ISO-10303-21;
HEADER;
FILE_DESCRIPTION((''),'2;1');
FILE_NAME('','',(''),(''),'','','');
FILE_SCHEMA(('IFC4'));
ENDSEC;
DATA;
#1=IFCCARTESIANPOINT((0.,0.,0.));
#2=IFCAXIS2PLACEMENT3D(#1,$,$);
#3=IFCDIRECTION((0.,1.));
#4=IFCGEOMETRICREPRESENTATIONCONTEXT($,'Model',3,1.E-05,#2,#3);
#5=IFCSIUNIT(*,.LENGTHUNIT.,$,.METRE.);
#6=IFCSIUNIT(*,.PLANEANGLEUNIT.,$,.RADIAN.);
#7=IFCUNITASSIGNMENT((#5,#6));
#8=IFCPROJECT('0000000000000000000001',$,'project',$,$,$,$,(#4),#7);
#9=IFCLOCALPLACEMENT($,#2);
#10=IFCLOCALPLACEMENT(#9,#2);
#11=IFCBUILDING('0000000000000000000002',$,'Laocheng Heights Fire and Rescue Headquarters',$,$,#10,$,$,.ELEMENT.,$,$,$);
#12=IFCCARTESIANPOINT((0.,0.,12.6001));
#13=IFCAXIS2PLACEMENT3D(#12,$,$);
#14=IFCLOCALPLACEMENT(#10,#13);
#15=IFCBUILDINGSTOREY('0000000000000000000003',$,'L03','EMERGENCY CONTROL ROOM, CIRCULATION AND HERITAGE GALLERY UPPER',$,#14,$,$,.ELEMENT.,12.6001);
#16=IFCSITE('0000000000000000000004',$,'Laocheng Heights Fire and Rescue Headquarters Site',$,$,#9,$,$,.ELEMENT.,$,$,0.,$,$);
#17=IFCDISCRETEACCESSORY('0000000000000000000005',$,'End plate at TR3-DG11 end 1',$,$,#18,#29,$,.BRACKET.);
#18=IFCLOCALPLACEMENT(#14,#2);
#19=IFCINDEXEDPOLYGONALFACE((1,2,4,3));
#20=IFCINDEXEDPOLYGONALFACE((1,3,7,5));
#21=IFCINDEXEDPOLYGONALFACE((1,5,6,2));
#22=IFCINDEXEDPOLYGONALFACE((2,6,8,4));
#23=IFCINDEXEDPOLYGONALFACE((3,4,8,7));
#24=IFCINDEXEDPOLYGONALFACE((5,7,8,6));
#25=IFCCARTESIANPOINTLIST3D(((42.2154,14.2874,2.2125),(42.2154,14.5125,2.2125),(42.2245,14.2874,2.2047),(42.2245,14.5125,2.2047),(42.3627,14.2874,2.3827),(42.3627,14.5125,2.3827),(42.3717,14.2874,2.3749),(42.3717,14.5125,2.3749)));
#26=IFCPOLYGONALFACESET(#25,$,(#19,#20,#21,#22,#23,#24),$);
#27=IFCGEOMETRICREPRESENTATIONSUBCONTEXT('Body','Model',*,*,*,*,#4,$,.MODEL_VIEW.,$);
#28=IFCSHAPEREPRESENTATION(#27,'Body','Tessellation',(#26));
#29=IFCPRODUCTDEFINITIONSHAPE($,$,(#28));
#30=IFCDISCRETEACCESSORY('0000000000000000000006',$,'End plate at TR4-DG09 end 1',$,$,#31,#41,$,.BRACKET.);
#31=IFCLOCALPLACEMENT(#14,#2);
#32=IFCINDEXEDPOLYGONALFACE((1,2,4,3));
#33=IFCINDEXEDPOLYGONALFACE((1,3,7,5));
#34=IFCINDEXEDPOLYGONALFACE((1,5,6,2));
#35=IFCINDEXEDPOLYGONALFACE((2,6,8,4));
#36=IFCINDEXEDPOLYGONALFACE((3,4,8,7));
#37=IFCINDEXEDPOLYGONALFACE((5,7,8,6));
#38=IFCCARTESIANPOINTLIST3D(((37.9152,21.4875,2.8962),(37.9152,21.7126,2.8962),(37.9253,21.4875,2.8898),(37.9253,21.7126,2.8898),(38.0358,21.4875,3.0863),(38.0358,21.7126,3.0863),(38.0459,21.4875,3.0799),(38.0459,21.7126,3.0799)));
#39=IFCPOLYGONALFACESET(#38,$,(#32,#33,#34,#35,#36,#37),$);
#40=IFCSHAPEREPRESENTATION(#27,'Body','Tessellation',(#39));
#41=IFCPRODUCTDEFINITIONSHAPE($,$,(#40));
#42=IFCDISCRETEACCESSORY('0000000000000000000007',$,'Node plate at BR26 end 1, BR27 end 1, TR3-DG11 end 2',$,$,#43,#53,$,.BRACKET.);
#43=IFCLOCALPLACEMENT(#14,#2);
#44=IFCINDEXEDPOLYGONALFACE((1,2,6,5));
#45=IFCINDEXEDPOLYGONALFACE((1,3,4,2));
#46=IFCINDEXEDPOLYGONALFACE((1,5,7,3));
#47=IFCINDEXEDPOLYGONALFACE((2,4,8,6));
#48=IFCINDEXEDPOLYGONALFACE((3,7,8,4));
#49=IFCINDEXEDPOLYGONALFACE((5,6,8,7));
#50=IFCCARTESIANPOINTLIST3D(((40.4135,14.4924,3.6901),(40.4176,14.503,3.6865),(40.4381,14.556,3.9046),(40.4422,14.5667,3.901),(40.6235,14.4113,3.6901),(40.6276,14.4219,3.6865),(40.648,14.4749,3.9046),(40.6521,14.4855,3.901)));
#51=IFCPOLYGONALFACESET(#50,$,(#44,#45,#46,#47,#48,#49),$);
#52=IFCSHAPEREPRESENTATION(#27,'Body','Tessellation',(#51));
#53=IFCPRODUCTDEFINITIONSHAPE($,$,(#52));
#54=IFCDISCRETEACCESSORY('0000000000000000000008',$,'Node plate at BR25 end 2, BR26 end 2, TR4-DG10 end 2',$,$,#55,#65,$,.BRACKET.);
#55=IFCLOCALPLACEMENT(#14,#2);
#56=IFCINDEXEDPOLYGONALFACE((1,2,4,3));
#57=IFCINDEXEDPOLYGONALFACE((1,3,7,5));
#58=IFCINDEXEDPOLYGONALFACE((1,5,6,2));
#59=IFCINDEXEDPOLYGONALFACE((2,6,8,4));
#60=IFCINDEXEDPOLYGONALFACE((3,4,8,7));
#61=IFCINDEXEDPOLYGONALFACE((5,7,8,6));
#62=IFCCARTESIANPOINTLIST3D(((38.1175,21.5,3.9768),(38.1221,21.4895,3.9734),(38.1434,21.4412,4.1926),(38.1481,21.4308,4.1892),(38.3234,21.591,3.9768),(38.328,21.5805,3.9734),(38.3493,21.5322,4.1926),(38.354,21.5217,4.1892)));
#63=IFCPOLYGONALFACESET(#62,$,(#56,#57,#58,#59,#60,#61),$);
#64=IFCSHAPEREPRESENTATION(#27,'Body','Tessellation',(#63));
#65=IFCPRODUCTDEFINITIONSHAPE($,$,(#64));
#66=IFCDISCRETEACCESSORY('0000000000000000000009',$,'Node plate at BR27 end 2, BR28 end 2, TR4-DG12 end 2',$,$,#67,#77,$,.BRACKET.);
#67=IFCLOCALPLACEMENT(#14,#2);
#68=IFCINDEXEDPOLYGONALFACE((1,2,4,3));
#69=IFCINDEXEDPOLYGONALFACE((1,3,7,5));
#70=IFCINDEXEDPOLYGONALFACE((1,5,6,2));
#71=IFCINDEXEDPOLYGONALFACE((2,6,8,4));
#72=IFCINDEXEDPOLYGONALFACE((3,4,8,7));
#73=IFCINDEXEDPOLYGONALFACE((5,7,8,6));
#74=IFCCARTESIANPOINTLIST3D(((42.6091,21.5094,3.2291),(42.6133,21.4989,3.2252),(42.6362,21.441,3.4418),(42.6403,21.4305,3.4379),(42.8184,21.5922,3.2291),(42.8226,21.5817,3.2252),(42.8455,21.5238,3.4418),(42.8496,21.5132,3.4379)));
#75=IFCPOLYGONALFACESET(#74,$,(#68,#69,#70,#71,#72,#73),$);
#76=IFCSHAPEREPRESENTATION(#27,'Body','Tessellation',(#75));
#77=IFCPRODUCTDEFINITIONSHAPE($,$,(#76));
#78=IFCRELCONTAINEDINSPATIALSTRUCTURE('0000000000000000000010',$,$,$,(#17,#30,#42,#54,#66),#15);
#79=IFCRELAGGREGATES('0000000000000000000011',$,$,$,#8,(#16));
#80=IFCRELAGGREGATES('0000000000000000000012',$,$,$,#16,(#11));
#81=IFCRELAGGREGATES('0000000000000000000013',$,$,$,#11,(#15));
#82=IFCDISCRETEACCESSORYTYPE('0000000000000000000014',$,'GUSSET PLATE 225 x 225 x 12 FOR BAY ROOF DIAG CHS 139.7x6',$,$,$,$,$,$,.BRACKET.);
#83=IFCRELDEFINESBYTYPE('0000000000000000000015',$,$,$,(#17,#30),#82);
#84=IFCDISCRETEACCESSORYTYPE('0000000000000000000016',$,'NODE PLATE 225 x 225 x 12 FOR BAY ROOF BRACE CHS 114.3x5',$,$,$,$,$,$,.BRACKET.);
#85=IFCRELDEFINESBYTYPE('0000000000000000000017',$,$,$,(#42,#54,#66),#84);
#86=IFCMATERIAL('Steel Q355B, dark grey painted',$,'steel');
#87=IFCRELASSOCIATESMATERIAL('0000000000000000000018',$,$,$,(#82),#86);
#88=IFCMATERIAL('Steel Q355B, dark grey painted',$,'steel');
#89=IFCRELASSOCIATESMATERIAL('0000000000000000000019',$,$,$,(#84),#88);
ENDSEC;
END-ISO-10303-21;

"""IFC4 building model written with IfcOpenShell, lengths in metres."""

from ifc_helpers import new_model, si_unit, direction, frame, origin, origin_2d, place, context, subcontext, project, spatial, rectangle, extrude, material, material_profile, profile_set, type_object, element, save


model = new_model("IFC4")

# Units and contexts
model_context = context("Model", 3, precision=1e-05, world=origin(), true_north=direction((0.0, 1.0)))
body_context = subcontext(model_context, "Body", "Model", "MODEL_VIEW")
ifc_project = project(units=[si_unit("LENGTHUNIT", "METRE"), si_unit("PLANEANGLEUNIT", "RADIAN")], contexts=[model_context])

# Site, building, storey
site_placement = place(None, origin())
site = spatial("IfcSite", under=ifc_project, at=site_placement, Name="Laocheng Heights Fire and Rescue Headquarters Site", CompositionType="ELEMENT", RefElevation=0.0)
building_placement = place(site_placement, origin())
building = spatial("IfcBuilding", under=site, at=building_placement, Name="Laocheng Heights Fire and Rescue Headquarters", CompositionType="ELEMENT")
storey_placement = place(building_placement, frame((0.0, 0.0, 12.6001)))
storey = spatial("IfcBuildingStorey", under=building, at=storey_placement, Name="L03", Description="EMERGENCY CONTROL ROOM, CIRCULATION AND HERITAGE GALLERY UPPER", CompositionType="ELEMENT", Elevation=12.6001)

# Discrete accessories
ifc_material_1 = material(Name="Steel Q355B, dark grey painted", Category="steel")
ifc_material_profile_1 = material_profile(ifc_material_1, rectangle(XDim=0.2251, YDim=0.2251, at=origin_2d()), Name="GUSSET PLATE 225 x 225 x 12 FOR BAY ROOF DIAG CHS 139.7x6")
ifc_profile_set_1 = profile_set([ifc_material_profile_1], Name="Steel Q355B, dark grey painted")
discrete_accessory_type_1 = type_object("IfcDiscreteAccessoryType", Name="GUSSET PLATE 225 x 225 x 12 FOR BAY ROOF DIAG CHS 139.7x6", PredefinedType="BRACKET", material=ifc_profile_set_1)
for number, where, z_axis, x_axis, name in (
    (1, (42.2981, 14.3999, 2.2898), (-0.756363, 0.0, 0.654152), (0.0, -1.0, 0.0), "End plate at TR3-DG11 end 1"),
    (2, (37.9856, 21.6001, 2.9849), (-0.844509, 0.0, 0.535542), (0.0, -1.0, 0.0), "End plate at TR4-DG09 end 1"),
):
    element("IfcDiscreteAccessory", number, at=place(storey_placement, frame(where, z_axis=z_axis, x_axis=x_axis)), inside=storey, type_object=discrete_accessory_type_1, Name=name, PredefinedType="BRACKET", context=body_context, shape_type="SweptSolid", body=[
        extrude(rectangle(XDim=0.2251, YDim=0.2251, at=origin_2d()), origin(), (0.0, 0.0, 1.0), 0.012),
    ])
ifc_material_2 = material(Name="Steel Q355B, dark grey painted", Category="steel")
ifc_material_profile_2 = material_profile(ifc_material_2, rectangle(XDim=0.2251, YDim=0.2251, at=origin_2d()), Name="NODE PLATE 225 x 225 x 12 FOR BAY ROOF BRACE CHS 114.3x5")
ifc_profile_set_2 = profile_set([ifc_material_profile_2], Name="Steel Q355B, dark grey painted")
discrete_accessory_type_2 = type_object("IfcDiscreteAccessoryType", Name="NODE PLATE 225 x 225 x 12 FOR BAY ROOF BRACE CHS 114.3x5", PredefinedType="BRACKET", material=ifc_profile_set_2)
for number, where, z_axis, x_axis, name in (
    (3, (40.5308, 14.4836, 3.7974), (0.343452, 0.888934, -0.303046), (-0.932798, 0.360399, 0.0), "Node plate at BR26 end 1, BR27 end 1, TR3-DG11 end 2"),
    (4, (38.2334, 21.5161, 4.0847), (0.387352, -0.876639, -0.285417), (0.914687, 0.404164, 0.0), "Node plate at BR25 end 2, BR26 end 2, TR4-DG10 end 2"),
    (5, (42.7273, 21.5166, 3.3354), (0.347446, -0.878833, -0.327008), (0.929961, 0.367659, 0.0), "Node plate at BR27 end 2, BR28 end 2, TR4-DG12 end 2"),
):
    element("IfcDiscreteAccessory", number, at=place(storey_placement, frame(where, z_axis=z_axis, x_axis=x_axis)), inside=storey, type_object=discrete_accessory_type_2, Name=name, PredefinedType="BRACKET", context=body_context, shape_type="SweptSolid", body=[
        extrude(rectangle(XDim=0.2251, YDim=0.2251, at=origin_2d()), origin(), (0.0, 0.0, 1.0), 0.012),
    ])

save(model, "model.ifc")
